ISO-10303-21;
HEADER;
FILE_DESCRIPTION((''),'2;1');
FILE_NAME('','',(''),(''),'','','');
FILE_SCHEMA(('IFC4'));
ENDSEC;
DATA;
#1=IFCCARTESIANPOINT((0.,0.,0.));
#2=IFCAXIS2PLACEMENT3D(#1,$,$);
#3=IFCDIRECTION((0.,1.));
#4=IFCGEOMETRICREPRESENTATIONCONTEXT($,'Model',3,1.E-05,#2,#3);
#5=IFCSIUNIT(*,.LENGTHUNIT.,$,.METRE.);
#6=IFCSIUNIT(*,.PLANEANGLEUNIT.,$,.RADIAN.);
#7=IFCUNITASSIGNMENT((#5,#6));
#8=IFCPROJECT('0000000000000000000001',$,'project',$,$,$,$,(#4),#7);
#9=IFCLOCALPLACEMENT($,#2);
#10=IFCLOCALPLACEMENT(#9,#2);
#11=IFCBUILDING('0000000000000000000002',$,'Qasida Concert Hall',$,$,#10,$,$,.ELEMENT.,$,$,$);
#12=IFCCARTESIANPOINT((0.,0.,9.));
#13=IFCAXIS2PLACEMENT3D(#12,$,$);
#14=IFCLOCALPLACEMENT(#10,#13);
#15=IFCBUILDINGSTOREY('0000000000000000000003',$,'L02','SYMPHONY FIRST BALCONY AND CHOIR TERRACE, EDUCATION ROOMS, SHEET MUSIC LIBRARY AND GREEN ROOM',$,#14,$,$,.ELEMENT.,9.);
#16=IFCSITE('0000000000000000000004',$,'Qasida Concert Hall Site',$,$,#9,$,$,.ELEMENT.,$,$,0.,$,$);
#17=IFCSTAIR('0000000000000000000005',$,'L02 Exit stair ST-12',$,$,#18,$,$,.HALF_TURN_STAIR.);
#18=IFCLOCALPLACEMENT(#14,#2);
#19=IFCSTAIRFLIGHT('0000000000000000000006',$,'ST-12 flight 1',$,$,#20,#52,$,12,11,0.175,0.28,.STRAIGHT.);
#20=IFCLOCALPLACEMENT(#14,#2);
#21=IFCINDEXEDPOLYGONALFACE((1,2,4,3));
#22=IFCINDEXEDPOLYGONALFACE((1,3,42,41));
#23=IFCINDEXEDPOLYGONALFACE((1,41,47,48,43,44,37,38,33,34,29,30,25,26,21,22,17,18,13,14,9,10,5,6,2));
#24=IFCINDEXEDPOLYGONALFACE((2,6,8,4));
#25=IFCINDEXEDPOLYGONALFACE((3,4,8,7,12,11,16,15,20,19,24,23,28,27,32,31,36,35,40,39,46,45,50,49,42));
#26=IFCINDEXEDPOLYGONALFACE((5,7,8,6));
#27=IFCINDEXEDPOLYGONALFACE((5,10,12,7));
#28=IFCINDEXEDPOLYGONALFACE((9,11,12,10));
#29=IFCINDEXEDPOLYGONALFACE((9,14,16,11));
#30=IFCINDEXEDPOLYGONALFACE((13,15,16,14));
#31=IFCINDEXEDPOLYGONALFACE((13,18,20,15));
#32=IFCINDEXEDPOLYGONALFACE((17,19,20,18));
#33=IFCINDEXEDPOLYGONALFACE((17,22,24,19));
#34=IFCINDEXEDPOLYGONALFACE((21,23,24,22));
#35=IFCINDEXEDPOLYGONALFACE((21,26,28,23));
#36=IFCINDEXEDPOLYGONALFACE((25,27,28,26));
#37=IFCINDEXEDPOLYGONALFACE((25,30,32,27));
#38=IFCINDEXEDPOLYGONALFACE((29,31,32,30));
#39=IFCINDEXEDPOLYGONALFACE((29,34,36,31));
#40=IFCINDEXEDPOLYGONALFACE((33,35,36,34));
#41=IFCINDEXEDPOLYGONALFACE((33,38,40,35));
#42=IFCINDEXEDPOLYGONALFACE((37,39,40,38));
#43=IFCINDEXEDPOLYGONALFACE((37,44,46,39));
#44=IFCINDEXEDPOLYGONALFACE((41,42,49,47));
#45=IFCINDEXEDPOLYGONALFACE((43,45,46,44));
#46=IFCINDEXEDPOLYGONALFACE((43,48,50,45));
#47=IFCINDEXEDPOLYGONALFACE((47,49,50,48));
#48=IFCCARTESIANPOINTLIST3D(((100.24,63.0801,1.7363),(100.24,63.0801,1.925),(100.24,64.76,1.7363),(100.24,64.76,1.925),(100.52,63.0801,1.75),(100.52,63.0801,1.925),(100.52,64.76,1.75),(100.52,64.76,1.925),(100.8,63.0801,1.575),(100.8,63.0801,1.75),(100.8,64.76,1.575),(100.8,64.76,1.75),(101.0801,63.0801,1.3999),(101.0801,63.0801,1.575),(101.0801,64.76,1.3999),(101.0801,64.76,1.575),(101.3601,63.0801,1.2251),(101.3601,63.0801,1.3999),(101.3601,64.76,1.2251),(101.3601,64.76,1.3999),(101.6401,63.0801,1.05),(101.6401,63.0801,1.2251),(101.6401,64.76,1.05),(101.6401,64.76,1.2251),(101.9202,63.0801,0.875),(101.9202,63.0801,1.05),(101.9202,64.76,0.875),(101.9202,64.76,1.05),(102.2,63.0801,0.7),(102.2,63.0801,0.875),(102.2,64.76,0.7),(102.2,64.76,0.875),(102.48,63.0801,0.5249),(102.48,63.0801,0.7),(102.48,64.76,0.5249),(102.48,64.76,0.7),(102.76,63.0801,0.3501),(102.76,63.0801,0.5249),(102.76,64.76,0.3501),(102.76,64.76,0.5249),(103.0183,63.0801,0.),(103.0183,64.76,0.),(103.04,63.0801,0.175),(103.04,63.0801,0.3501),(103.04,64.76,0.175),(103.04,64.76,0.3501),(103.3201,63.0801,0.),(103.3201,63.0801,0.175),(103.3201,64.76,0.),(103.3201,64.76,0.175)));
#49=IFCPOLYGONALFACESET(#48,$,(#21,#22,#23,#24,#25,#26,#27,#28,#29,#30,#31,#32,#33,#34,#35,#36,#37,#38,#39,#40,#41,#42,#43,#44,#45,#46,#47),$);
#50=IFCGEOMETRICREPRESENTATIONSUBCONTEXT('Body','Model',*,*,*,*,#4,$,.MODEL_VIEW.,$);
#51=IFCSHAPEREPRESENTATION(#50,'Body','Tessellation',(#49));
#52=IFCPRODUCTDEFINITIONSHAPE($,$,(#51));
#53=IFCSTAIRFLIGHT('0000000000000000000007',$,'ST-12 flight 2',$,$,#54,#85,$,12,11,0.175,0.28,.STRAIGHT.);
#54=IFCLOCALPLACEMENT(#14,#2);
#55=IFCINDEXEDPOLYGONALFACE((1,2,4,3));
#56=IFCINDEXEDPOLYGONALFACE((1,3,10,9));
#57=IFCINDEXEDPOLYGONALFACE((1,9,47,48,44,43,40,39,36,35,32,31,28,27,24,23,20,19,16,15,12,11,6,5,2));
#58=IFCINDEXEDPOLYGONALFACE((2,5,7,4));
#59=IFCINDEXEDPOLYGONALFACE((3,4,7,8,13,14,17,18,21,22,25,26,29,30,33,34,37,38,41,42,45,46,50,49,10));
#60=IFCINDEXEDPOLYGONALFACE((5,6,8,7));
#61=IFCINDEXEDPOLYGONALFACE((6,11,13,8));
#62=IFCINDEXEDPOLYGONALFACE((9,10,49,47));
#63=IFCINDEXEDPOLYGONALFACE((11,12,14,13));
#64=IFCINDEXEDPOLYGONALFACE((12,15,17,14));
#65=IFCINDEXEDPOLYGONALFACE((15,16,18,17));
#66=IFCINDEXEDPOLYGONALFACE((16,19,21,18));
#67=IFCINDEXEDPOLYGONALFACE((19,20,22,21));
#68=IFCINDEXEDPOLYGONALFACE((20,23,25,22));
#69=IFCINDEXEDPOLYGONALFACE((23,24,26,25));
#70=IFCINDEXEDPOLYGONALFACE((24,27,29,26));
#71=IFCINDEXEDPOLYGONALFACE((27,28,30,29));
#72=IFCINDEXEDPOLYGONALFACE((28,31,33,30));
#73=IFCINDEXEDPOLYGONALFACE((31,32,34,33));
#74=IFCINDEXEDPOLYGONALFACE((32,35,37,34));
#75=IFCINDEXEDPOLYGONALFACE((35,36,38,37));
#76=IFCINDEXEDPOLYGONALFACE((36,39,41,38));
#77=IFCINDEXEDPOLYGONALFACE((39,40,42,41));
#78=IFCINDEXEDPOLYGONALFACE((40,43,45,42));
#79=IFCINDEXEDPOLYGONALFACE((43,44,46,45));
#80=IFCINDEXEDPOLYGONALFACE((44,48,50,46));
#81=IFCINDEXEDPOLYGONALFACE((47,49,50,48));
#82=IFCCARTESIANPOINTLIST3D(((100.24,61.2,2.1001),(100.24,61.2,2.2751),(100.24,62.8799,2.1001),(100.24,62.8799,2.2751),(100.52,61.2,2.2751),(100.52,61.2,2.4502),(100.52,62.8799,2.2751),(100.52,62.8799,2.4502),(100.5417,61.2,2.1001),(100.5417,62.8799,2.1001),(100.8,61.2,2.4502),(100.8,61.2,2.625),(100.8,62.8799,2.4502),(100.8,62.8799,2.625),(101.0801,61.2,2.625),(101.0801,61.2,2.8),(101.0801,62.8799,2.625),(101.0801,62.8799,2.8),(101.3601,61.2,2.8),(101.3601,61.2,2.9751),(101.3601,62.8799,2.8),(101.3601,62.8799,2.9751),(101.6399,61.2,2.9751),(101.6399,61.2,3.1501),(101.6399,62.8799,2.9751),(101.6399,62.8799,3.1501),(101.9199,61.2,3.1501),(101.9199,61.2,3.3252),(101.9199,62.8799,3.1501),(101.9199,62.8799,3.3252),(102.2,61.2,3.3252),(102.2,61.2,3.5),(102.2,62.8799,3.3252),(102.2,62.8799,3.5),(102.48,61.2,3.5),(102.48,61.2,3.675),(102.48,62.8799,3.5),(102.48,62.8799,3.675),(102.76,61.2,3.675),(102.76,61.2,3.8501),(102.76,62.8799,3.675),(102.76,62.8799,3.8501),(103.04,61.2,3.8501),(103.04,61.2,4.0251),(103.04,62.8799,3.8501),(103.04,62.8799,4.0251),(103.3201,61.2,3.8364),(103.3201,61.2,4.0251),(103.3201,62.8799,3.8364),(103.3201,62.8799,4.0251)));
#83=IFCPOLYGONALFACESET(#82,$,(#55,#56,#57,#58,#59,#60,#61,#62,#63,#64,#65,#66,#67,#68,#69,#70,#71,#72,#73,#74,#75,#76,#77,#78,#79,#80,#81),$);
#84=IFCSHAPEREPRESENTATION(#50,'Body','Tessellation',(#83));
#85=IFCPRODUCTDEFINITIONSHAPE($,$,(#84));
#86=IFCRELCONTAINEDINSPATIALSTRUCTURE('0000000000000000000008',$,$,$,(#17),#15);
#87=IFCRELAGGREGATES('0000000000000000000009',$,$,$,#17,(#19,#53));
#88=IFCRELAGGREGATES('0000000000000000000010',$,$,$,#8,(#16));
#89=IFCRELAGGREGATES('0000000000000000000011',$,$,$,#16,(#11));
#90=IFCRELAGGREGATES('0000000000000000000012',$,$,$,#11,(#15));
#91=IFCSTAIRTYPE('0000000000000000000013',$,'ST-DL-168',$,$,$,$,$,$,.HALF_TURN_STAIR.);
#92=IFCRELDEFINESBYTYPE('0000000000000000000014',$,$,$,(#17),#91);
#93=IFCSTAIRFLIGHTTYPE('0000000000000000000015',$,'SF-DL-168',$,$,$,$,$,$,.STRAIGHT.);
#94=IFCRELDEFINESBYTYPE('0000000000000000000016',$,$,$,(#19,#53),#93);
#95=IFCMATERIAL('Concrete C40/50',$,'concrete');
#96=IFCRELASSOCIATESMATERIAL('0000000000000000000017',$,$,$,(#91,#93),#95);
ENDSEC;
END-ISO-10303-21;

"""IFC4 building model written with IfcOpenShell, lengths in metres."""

from ifc_helpers import new_model, si_unit, direction, frame, origin, place, context, subcontext, project, spatial, polyline, outline, extrude, material, type_object, element, aggregate, save


model = new_model("IFC4")

# Units and contexts
model_context = context("Model", 3, precision=1e-05, world=origin(), true_north=direction((0.0, 1.0)))
body_context = subcontext(model_context, "Body", "Model", "MODEL_VIEW")
ifc_project = project(units=[si_unit("LENGTHUNIT", "METRE"), si_unit("PLANEANGLEUNIT", "RADIAN")], contexts=[model_context])

# Site, building, storey
site_placement = place(None, origin())
site = spatial("IfcSite", under=ifc_project, at=site_placement, Name="Qasida Concert Hall Site", CompositionType="ELEMENT", RefElevation=0.0)
building_placement = place(site_placement, origin())
building = spatial("IfcBuilding", under=site, at=building_placement, Name="Qasida Concert Hall", CompositionType="ELEMENT")
storey_placement = place(building_placement, frame((0.0, 0.0, 9.0)))
storey = spatial("IfcBuildingStorey", under=building, at=storey_placement, Name="L02", Description="SYMPHONY FIRST BALCONY AND CHOIR TERRACE, EDUCATION ROOMS, SHEET MUSIC LIBRARY AND GREEN ROOM", CompositionType="ELEMENT", Elevation=9.0)

# Shared definitions
ifc_material_1 = material(Name="Concrete C40/50", Category="concrete")

# Stair, stair flights
stair_type = type_object("IfcStairType", Name="ST-DL-168", PredefinedType="HALF_TURN_STAIR", material=ifc_material_1)
stair_placement = place(storey_placement, origin())
stair = element("IfcStair", 1, at=stair_placement, inside=storey, type_object=stair_type, Name="L02 Exit stair ST-12", PredefinedType="HALF_TURN_STAIR")
stair_flight_type = type_object("IfcStairFlightType", Name="SF-DL-168", PredefinedType="STRAIGHT", material=ifc_material_1)
stair_flight_1_placement = place(storey_placement, frame((103.3201, 63.9199, 0.0), z_axis=(0.0, 0.0, 1.0), x_axis=(-1.0, 0.0, 0.0)))
stair_flight_1 = element("IfcStairFlight", 2, at=stair_flight_1_placement, type_object=stair_flight_type, Name="ST-12 flight 1", NumberOfRisers=12, NumberOfTreads=11, PredefinedType="STRAIGHT", RiserHeight=0.175, TreadLength=0.28, context=body_context, shape_type="SweptSolid", body=[
    extrude(outline(polyline([(0.0, 0.0), (0.0, 0.175), (0.28, 0.175), (0.28, 0.3501), (0.5601, 0.3501), (0.5601, 0.5249), (0.8401, 0.5249), (0.8401, 0.7), (1.1201, 0.7), (1.1201, 0.875), (1.3999, 0.875), (1.3999, 1.05), (1.6799, 1.05), (1.6799, 1.2251), (1.96, 1.2251), (1.96, 1.3999), (2.24, 1.3999), (2.24, 1.575), (2.52, 1.575), (2.52, 1.75), (2.8, 1.75), (2.8, 1.925), (3.0801, 1.925), (3.0801, 2.1001), (3.0801, 1.7363), (0.3018, 0.0), (0.0, 0.0)])), frame((0.0, 0.8398, 0.0), z_axis=(0.0, -1.0, 0.0), x_axis=(1.0, 0.0, 0.0)), (0.0, 0.0, 1.0), 1.6799),
])
stair_flight_2_placement = place(storey_placement, frame((100.24, 62.04, 2.1001), z_axis=(0.0, 0.0, 1.0), x_axis=(1.0, 0.0, 0.0)))
stair_flight_2 = element("IfcStairFlight", 3, at=stair_flight_2_placement, type_object=stair_flight_type, Name="ST-12 flight 2", NumberOfRisers=12, NumberOfTreads=11, PredefinedType="STRAIGHT", RiserHeight=0.175, TreadLength=0.28, context=body_context, shape_type="SweptSolid", body=[
    extrude(outline(polyline([(0.0, 0.0), (0.0, 0.175), (0.28, 0.175), (0.28, 0.3501), (0.5601, 0.3501), (0.5601, 0.5249), (0.8401, 0.5249), (0.8401, 0.7), (1.1201, 0.7), (1.1201, 0.875), (1.3999, 0.875), (1.3999, 1.05), (1.6799, 1.05), (1.6799, 1.2251), (1.96, 1.2251), (1.96, 1.3999), (2.24, 1.3999), (2.24, 1.575), (2.52, 1.575), (2.52, 1.75), (2.8, 1.75), (2.8, 1.925), (3.0801, 1.925), (3.0801, 2.1001), (3.0801, 1.7363), (0.3018, 0.0), (0.0, 0.0)])), frame((0.0, 0.8398, 0.0), z_axis=(0.0, -1.0, 0.0), x_axis=(1.0, 0.0, 0.0)), (0.0, 0.0, 1.0), 1.6799),
])
aggregate(stair, [stair_flight_1, stair_flight_2])

save(model, "model.ifc")
